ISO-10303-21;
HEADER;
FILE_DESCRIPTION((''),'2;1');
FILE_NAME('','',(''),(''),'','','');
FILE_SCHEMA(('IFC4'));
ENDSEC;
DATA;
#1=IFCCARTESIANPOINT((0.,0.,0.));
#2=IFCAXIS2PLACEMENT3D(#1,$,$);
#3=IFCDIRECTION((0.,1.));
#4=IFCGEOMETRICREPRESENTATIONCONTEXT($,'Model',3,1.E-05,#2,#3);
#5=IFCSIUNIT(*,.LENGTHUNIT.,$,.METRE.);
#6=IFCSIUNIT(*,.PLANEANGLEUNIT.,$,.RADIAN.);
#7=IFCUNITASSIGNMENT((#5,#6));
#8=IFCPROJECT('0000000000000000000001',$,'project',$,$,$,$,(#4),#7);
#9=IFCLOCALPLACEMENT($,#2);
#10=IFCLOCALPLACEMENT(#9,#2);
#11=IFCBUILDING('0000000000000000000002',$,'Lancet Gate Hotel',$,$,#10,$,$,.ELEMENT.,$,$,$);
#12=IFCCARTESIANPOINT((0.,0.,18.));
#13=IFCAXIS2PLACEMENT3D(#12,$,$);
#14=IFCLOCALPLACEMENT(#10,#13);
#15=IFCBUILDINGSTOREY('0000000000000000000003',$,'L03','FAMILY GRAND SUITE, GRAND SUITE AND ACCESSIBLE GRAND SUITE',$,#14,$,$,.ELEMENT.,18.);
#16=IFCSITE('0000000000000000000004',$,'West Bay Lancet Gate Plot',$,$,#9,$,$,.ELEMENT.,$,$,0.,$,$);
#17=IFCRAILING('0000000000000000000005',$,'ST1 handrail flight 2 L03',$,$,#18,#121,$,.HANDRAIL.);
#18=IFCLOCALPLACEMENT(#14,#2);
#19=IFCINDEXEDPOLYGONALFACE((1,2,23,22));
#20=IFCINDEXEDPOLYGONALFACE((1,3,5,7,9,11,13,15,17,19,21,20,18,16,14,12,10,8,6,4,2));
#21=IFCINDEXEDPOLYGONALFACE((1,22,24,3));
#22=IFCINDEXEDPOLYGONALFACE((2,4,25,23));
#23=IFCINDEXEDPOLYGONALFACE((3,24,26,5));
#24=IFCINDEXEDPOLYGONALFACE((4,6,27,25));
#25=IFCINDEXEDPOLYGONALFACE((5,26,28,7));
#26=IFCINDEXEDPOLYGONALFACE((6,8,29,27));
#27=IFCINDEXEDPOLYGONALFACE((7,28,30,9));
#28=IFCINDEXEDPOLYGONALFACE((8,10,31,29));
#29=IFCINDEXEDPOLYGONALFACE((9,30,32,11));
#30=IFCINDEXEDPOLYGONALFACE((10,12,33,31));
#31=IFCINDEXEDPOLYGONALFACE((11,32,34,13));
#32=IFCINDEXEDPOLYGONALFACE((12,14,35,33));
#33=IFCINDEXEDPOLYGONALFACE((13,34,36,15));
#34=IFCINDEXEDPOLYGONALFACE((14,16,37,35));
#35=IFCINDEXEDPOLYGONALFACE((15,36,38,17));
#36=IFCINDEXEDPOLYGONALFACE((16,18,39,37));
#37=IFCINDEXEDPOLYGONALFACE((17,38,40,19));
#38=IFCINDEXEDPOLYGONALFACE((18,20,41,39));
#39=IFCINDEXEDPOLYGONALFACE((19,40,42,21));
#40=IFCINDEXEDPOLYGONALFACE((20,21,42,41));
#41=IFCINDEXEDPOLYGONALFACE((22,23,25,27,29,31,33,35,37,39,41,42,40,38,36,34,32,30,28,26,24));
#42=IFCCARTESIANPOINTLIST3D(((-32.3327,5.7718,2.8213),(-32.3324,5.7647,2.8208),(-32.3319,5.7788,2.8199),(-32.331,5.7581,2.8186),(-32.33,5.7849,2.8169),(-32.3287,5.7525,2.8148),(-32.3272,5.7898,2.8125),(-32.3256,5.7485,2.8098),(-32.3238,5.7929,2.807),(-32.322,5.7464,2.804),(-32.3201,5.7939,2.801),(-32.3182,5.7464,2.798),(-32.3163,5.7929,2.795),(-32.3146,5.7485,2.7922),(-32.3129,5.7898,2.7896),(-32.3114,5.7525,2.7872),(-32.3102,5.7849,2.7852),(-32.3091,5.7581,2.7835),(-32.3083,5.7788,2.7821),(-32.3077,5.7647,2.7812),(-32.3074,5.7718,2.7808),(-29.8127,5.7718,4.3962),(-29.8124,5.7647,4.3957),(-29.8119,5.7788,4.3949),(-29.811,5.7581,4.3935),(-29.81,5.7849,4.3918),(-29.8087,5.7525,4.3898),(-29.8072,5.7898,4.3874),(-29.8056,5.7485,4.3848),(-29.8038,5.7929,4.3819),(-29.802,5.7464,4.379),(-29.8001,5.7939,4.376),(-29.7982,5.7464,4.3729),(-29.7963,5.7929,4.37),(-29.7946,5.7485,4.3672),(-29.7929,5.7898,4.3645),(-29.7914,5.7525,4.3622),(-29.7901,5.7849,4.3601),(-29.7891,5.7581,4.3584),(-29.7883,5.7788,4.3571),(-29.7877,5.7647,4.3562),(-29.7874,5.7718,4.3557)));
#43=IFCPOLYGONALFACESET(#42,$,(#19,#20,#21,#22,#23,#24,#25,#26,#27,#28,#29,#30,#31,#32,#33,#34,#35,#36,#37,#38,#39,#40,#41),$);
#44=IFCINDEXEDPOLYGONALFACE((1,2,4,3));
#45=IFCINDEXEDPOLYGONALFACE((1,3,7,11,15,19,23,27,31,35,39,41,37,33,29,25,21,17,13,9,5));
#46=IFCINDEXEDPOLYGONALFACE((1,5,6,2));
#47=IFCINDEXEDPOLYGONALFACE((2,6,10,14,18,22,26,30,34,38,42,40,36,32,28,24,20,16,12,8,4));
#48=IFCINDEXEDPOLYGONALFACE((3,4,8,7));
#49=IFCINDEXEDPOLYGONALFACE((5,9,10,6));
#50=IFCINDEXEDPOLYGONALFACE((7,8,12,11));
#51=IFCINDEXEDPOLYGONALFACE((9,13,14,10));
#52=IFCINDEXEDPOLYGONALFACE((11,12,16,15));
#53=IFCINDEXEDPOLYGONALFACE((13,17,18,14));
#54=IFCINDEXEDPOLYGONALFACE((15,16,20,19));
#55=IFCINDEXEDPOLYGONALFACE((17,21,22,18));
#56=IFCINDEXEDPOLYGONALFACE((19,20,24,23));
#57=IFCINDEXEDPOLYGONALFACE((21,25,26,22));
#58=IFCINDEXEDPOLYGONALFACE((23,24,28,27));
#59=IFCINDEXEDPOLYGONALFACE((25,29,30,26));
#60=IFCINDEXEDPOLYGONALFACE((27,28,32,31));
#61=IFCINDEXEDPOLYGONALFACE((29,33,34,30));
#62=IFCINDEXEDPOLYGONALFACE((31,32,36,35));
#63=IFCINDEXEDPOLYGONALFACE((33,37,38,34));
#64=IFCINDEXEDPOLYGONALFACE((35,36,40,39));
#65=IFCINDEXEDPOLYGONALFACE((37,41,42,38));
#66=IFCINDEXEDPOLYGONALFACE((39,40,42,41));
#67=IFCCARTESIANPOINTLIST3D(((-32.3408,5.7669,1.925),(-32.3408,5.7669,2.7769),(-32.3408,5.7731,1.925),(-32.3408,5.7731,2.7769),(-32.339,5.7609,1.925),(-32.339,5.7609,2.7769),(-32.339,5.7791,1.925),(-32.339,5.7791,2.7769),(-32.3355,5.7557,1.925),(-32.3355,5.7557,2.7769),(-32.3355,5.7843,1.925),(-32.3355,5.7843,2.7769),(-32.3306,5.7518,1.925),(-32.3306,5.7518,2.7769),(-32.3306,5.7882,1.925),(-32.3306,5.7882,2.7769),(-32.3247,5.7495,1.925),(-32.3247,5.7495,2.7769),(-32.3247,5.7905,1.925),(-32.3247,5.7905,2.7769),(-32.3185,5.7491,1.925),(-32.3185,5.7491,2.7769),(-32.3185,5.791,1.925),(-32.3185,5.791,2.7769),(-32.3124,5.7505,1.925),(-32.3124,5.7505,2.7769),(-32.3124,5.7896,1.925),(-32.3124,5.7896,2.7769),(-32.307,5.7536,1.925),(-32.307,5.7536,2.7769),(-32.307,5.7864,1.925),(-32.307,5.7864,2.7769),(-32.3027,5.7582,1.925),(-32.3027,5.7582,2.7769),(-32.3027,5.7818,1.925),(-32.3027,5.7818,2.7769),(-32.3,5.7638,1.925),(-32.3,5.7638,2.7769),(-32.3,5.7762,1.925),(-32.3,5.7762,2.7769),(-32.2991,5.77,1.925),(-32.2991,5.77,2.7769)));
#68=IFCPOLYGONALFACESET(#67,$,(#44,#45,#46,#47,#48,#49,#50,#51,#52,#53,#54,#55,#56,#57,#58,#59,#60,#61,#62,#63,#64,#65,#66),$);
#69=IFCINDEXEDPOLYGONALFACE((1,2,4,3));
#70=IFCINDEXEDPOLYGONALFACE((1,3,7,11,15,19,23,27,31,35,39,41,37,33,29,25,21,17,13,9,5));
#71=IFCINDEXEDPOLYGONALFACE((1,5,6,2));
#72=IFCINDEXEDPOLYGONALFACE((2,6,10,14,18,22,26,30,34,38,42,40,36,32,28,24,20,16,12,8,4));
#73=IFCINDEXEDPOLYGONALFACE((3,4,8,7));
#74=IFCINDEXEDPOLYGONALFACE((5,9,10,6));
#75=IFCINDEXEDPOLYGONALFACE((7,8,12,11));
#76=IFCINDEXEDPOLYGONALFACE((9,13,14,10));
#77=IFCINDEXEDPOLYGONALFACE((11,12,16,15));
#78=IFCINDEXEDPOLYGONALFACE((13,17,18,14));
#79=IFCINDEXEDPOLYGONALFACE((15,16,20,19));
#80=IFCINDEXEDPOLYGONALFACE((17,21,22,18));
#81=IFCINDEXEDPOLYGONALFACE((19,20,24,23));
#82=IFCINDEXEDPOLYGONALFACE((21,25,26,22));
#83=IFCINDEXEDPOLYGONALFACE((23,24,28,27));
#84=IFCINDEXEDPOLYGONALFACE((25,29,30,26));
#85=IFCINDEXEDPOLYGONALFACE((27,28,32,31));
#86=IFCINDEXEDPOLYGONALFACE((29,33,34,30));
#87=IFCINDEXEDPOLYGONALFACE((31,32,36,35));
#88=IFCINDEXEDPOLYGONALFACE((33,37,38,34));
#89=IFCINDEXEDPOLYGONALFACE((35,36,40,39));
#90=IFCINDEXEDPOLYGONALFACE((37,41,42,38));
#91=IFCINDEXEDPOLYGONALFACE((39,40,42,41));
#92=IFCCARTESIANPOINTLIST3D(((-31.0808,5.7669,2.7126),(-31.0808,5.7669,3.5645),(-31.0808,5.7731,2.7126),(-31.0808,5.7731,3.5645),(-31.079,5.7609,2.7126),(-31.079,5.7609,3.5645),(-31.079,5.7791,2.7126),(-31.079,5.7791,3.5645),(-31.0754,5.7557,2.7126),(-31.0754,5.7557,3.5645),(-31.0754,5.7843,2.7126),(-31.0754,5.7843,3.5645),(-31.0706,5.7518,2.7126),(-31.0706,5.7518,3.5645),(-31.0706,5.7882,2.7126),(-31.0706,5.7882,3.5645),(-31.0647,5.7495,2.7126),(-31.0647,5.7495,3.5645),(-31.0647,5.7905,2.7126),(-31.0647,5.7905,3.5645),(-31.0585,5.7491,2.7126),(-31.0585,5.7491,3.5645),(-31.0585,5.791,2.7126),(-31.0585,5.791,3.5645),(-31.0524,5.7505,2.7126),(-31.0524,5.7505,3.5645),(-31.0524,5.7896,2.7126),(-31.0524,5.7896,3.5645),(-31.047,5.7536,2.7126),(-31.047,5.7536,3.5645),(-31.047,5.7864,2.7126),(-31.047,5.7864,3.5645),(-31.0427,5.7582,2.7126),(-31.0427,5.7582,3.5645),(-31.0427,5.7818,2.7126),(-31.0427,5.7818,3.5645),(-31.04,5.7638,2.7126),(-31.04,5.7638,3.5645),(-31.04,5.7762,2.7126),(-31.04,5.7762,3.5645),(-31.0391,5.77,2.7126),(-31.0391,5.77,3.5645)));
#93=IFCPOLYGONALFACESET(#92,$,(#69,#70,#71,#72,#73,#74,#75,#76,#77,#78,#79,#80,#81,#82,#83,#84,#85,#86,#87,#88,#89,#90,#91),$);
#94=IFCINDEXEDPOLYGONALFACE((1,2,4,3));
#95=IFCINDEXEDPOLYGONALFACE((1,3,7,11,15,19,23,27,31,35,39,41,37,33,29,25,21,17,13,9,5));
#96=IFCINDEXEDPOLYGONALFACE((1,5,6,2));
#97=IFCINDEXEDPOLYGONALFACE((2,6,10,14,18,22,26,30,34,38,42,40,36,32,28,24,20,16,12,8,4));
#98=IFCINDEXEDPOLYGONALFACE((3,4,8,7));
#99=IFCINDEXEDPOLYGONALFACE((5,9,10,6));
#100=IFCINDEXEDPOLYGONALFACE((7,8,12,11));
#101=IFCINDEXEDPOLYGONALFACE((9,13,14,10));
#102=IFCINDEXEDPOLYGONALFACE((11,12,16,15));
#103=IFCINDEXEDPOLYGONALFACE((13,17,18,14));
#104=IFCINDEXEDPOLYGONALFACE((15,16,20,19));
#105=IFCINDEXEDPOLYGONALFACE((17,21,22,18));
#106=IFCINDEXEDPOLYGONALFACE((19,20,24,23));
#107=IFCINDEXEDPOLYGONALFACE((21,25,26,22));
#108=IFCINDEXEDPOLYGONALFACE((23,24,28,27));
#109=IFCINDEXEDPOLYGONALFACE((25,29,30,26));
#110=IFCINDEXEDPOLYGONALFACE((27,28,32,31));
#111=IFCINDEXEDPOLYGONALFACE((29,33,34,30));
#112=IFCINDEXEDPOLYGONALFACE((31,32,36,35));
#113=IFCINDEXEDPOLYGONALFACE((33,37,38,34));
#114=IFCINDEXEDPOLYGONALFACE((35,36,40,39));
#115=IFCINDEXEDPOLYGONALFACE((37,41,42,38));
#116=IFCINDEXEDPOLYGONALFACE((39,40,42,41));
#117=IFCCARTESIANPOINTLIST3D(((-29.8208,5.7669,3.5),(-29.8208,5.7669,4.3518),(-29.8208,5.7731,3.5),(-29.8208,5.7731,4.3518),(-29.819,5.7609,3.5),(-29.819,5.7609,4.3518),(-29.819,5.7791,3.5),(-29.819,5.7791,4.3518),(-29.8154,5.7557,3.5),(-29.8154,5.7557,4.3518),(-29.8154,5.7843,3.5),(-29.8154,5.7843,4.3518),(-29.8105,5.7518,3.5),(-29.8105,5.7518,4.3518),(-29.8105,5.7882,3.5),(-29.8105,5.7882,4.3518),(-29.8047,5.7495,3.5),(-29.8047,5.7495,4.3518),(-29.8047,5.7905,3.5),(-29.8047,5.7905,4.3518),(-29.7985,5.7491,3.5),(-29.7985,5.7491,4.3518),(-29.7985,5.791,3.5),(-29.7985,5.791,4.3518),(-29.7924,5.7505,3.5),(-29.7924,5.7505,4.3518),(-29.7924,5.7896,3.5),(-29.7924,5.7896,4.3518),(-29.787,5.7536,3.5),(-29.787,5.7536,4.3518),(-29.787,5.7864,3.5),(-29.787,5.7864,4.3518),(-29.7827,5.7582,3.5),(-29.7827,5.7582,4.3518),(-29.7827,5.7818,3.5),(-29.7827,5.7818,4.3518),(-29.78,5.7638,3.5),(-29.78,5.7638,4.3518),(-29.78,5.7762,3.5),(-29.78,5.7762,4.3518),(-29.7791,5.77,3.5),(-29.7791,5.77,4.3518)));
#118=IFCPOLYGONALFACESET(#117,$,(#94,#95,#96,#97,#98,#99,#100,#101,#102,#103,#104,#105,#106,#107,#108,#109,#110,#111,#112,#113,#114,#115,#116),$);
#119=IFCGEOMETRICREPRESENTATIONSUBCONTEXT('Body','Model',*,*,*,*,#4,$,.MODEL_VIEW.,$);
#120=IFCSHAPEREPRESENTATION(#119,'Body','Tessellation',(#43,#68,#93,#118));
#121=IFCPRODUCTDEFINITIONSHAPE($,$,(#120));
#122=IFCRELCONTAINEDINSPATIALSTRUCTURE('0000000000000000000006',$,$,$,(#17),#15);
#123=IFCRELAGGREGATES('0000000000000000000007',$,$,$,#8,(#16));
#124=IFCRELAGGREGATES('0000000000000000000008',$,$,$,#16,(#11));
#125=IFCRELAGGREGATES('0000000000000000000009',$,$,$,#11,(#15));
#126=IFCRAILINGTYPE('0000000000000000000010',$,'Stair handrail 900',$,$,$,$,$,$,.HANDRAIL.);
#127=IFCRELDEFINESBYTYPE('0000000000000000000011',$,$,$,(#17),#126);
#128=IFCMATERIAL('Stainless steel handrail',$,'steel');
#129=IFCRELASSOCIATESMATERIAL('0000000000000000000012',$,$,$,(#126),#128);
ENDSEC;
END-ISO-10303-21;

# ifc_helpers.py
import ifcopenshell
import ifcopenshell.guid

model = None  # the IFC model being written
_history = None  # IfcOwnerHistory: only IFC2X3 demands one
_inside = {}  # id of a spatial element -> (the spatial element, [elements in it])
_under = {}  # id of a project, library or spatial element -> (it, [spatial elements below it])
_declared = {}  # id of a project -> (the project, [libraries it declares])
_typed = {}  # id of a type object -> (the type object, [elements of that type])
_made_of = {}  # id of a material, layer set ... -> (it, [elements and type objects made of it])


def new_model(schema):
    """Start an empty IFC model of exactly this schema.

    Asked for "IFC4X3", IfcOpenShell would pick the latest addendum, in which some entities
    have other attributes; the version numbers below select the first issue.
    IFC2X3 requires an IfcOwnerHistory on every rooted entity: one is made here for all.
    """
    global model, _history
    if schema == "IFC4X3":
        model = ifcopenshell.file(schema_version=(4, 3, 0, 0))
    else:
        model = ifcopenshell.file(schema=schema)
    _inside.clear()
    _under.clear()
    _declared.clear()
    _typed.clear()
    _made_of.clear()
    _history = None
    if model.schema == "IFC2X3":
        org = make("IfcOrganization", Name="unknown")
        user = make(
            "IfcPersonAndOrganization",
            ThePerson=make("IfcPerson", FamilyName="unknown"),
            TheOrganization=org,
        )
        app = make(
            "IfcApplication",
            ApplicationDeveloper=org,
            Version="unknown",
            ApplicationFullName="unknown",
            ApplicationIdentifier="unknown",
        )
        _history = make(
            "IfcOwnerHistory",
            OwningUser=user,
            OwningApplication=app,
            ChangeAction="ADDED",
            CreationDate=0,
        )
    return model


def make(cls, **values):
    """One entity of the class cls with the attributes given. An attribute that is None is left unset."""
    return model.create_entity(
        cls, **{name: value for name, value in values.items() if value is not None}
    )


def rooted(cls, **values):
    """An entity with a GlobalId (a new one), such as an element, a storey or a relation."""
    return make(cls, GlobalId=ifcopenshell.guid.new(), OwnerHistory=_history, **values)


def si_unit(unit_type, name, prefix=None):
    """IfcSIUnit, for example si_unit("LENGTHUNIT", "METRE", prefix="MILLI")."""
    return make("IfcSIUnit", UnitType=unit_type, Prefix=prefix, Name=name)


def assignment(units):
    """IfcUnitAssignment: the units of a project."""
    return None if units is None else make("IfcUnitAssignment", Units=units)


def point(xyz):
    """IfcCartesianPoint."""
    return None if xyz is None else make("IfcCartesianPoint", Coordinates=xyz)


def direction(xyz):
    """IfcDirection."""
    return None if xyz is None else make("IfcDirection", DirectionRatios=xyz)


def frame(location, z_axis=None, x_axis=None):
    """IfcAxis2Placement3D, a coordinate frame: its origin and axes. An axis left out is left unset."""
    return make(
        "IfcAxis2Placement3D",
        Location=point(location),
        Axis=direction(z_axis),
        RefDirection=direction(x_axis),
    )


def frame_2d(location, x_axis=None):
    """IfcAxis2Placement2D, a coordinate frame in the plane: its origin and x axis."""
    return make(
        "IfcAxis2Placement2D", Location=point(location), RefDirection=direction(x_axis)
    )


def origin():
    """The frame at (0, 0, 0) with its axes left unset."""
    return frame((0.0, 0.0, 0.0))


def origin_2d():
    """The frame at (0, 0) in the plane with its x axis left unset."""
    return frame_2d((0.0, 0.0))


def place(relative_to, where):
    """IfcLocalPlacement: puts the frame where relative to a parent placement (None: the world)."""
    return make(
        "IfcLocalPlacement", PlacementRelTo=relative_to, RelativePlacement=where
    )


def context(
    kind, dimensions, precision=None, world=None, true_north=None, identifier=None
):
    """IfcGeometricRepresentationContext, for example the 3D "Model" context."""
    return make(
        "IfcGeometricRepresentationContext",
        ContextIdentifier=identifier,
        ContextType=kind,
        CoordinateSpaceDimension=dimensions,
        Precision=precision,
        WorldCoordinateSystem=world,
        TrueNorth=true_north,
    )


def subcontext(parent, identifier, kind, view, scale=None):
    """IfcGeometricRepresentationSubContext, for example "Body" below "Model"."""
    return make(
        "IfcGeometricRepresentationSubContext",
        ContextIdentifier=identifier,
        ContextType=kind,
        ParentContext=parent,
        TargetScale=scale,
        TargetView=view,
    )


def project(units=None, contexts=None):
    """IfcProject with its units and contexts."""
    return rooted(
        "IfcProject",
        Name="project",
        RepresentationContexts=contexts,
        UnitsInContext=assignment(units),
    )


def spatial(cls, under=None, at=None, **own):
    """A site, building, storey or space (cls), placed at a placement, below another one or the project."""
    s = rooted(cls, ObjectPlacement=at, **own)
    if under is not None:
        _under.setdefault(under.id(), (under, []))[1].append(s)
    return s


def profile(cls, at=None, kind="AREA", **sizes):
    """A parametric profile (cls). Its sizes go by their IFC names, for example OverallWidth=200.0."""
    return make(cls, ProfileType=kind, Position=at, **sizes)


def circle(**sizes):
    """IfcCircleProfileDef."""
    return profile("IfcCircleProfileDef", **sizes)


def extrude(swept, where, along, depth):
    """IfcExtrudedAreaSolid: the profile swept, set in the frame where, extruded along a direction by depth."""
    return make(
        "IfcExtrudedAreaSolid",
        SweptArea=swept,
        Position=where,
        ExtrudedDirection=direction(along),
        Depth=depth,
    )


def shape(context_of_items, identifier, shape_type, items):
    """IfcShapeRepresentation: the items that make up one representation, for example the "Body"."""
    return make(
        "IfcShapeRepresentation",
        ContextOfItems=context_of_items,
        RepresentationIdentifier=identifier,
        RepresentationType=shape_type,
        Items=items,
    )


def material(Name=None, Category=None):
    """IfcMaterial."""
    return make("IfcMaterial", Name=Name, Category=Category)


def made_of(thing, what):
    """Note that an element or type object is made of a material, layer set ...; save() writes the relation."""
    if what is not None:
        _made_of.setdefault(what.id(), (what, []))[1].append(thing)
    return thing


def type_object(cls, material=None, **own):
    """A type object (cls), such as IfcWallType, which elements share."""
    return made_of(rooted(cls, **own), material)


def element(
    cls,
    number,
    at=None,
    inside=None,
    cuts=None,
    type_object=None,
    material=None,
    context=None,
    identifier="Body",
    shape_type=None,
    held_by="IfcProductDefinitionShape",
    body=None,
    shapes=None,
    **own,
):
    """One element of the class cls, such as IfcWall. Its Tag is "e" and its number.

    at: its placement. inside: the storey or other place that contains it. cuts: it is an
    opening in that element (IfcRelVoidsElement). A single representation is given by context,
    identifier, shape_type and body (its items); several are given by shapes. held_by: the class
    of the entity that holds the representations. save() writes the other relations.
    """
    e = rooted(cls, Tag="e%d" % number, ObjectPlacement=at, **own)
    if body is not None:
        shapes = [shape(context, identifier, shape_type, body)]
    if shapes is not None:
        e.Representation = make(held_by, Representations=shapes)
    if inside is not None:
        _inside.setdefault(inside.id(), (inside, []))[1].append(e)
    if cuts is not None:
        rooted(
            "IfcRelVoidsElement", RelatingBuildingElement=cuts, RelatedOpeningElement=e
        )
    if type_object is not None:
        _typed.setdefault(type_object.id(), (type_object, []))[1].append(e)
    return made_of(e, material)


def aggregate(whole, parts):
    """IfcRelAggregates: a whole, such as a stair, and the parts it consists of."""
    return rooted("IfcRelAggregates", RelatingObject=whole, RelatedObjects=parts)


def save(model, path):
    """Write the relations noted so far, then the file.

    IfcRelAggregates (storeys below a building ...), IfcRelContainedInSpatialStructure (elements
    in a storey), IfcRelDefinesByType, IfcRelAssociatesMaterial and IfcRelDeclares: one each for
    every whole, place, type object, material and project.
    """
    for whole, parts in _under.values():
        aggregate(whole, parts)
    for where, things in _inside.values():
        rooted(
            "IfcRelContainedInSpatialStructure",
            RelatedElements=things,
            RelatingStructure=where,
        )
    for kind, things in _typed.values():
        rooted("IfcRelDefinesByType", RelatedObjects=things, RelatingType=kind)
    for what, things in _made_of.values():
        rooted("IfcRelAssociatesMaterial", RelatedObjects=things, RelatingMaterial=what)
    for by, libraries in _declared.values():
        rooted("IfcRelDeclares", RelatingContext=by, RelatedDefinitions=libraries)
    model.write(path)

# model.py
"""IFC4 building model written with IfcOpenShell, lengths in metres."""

from ifc_helpers import new_model, si_unit, direction, frame, origin, origin_2d, place, context, subcontext, project, spatial, circle, extrude, material, type_object, element, save


model = new_model("IFC4")

# Units and contexts
model_context = context("Model", 3, precision=1e-05, world=origin(), true_north=direction((0.0, 1.0)))
body_context = subcontext(model_context, "Body", "Model", "MODEL_VIEW")
ifc_project = project(units=[si_unit("LENGTHUNIT", "METRE"), si_unit("PLANEANGLEUNIT", "RADIAN")], contexts=[model_context])

# Site, building, storey
site_placement = place(None, origin())
site = spatial("IfcSite", under=ifc_project, at=site_placement, Name="West Bay Lancet Gate Plot", CompositionType="ELEMENT", RefElevation=0.0)
building_placement = place(site_placement, origin())
building = spatial("IfcBuilding", under=site, at=building_placement, Name="Lancet Gate Hotel", CompositionType="ELEMENT")
storey_placement = place(building_placement, frame((0.0, 0.0, 18.0)))
storey = spatial("IfcBuildingStorey", under=building, at=storey_placement, Name="L03", Description="FAMILY GRAND SUITE, GRAND SUITE AND ACCESSIBLE GRAND SUITE", CompositionType="ELEMENT", Elevation=18.0)

# Railing
ifc_material_1 = material(Name="Stainless steel handrail", Category="steel")
railing_type = type_object("IfcRailingType", Name="Stair handrail 900", PredefinedType="HANDRAIL", material=ifc_material_1)
railing_1_placement = place(storey_placement, frame((-32.3201, 5.77, 1.925)))
element("IfcRailing", 1, at=railing_1_placement, inside=storey, type_object=railing_type, Name="ST1 handrail flight 2 L03", PredefinedType="HANDRAIL", context=body_context, shape_type="SweptSolid", body=[
    extrude(circle(Radius=0.0239, at=origin_2d()), frame((0.0, 0.0, 0.876), z_axis=(0.848008, 0.0, 0.529984), x_axis=(0.0, 1.0, 0.0)), (0.0, 0.0, 1.0), 2.9717),
    extrude(circle(Radius=0.021, at=origin_2d()), origin(), (0.0, 0.0, 1.0), 0.8518),
    extrude(circle(Radius=0.021, at=origin_2d()), frame((1.26, 0.0, 0.7876)), (0.0, 0.0, 1.0), 0.8518),
    extrude(circle(Radius=0.021, at=origin_2d()), frame((2.52, 0.0, 1.575)), (0.0, 0.0, 1.0), 0.8518),
])

save(model, "model.ifc")
